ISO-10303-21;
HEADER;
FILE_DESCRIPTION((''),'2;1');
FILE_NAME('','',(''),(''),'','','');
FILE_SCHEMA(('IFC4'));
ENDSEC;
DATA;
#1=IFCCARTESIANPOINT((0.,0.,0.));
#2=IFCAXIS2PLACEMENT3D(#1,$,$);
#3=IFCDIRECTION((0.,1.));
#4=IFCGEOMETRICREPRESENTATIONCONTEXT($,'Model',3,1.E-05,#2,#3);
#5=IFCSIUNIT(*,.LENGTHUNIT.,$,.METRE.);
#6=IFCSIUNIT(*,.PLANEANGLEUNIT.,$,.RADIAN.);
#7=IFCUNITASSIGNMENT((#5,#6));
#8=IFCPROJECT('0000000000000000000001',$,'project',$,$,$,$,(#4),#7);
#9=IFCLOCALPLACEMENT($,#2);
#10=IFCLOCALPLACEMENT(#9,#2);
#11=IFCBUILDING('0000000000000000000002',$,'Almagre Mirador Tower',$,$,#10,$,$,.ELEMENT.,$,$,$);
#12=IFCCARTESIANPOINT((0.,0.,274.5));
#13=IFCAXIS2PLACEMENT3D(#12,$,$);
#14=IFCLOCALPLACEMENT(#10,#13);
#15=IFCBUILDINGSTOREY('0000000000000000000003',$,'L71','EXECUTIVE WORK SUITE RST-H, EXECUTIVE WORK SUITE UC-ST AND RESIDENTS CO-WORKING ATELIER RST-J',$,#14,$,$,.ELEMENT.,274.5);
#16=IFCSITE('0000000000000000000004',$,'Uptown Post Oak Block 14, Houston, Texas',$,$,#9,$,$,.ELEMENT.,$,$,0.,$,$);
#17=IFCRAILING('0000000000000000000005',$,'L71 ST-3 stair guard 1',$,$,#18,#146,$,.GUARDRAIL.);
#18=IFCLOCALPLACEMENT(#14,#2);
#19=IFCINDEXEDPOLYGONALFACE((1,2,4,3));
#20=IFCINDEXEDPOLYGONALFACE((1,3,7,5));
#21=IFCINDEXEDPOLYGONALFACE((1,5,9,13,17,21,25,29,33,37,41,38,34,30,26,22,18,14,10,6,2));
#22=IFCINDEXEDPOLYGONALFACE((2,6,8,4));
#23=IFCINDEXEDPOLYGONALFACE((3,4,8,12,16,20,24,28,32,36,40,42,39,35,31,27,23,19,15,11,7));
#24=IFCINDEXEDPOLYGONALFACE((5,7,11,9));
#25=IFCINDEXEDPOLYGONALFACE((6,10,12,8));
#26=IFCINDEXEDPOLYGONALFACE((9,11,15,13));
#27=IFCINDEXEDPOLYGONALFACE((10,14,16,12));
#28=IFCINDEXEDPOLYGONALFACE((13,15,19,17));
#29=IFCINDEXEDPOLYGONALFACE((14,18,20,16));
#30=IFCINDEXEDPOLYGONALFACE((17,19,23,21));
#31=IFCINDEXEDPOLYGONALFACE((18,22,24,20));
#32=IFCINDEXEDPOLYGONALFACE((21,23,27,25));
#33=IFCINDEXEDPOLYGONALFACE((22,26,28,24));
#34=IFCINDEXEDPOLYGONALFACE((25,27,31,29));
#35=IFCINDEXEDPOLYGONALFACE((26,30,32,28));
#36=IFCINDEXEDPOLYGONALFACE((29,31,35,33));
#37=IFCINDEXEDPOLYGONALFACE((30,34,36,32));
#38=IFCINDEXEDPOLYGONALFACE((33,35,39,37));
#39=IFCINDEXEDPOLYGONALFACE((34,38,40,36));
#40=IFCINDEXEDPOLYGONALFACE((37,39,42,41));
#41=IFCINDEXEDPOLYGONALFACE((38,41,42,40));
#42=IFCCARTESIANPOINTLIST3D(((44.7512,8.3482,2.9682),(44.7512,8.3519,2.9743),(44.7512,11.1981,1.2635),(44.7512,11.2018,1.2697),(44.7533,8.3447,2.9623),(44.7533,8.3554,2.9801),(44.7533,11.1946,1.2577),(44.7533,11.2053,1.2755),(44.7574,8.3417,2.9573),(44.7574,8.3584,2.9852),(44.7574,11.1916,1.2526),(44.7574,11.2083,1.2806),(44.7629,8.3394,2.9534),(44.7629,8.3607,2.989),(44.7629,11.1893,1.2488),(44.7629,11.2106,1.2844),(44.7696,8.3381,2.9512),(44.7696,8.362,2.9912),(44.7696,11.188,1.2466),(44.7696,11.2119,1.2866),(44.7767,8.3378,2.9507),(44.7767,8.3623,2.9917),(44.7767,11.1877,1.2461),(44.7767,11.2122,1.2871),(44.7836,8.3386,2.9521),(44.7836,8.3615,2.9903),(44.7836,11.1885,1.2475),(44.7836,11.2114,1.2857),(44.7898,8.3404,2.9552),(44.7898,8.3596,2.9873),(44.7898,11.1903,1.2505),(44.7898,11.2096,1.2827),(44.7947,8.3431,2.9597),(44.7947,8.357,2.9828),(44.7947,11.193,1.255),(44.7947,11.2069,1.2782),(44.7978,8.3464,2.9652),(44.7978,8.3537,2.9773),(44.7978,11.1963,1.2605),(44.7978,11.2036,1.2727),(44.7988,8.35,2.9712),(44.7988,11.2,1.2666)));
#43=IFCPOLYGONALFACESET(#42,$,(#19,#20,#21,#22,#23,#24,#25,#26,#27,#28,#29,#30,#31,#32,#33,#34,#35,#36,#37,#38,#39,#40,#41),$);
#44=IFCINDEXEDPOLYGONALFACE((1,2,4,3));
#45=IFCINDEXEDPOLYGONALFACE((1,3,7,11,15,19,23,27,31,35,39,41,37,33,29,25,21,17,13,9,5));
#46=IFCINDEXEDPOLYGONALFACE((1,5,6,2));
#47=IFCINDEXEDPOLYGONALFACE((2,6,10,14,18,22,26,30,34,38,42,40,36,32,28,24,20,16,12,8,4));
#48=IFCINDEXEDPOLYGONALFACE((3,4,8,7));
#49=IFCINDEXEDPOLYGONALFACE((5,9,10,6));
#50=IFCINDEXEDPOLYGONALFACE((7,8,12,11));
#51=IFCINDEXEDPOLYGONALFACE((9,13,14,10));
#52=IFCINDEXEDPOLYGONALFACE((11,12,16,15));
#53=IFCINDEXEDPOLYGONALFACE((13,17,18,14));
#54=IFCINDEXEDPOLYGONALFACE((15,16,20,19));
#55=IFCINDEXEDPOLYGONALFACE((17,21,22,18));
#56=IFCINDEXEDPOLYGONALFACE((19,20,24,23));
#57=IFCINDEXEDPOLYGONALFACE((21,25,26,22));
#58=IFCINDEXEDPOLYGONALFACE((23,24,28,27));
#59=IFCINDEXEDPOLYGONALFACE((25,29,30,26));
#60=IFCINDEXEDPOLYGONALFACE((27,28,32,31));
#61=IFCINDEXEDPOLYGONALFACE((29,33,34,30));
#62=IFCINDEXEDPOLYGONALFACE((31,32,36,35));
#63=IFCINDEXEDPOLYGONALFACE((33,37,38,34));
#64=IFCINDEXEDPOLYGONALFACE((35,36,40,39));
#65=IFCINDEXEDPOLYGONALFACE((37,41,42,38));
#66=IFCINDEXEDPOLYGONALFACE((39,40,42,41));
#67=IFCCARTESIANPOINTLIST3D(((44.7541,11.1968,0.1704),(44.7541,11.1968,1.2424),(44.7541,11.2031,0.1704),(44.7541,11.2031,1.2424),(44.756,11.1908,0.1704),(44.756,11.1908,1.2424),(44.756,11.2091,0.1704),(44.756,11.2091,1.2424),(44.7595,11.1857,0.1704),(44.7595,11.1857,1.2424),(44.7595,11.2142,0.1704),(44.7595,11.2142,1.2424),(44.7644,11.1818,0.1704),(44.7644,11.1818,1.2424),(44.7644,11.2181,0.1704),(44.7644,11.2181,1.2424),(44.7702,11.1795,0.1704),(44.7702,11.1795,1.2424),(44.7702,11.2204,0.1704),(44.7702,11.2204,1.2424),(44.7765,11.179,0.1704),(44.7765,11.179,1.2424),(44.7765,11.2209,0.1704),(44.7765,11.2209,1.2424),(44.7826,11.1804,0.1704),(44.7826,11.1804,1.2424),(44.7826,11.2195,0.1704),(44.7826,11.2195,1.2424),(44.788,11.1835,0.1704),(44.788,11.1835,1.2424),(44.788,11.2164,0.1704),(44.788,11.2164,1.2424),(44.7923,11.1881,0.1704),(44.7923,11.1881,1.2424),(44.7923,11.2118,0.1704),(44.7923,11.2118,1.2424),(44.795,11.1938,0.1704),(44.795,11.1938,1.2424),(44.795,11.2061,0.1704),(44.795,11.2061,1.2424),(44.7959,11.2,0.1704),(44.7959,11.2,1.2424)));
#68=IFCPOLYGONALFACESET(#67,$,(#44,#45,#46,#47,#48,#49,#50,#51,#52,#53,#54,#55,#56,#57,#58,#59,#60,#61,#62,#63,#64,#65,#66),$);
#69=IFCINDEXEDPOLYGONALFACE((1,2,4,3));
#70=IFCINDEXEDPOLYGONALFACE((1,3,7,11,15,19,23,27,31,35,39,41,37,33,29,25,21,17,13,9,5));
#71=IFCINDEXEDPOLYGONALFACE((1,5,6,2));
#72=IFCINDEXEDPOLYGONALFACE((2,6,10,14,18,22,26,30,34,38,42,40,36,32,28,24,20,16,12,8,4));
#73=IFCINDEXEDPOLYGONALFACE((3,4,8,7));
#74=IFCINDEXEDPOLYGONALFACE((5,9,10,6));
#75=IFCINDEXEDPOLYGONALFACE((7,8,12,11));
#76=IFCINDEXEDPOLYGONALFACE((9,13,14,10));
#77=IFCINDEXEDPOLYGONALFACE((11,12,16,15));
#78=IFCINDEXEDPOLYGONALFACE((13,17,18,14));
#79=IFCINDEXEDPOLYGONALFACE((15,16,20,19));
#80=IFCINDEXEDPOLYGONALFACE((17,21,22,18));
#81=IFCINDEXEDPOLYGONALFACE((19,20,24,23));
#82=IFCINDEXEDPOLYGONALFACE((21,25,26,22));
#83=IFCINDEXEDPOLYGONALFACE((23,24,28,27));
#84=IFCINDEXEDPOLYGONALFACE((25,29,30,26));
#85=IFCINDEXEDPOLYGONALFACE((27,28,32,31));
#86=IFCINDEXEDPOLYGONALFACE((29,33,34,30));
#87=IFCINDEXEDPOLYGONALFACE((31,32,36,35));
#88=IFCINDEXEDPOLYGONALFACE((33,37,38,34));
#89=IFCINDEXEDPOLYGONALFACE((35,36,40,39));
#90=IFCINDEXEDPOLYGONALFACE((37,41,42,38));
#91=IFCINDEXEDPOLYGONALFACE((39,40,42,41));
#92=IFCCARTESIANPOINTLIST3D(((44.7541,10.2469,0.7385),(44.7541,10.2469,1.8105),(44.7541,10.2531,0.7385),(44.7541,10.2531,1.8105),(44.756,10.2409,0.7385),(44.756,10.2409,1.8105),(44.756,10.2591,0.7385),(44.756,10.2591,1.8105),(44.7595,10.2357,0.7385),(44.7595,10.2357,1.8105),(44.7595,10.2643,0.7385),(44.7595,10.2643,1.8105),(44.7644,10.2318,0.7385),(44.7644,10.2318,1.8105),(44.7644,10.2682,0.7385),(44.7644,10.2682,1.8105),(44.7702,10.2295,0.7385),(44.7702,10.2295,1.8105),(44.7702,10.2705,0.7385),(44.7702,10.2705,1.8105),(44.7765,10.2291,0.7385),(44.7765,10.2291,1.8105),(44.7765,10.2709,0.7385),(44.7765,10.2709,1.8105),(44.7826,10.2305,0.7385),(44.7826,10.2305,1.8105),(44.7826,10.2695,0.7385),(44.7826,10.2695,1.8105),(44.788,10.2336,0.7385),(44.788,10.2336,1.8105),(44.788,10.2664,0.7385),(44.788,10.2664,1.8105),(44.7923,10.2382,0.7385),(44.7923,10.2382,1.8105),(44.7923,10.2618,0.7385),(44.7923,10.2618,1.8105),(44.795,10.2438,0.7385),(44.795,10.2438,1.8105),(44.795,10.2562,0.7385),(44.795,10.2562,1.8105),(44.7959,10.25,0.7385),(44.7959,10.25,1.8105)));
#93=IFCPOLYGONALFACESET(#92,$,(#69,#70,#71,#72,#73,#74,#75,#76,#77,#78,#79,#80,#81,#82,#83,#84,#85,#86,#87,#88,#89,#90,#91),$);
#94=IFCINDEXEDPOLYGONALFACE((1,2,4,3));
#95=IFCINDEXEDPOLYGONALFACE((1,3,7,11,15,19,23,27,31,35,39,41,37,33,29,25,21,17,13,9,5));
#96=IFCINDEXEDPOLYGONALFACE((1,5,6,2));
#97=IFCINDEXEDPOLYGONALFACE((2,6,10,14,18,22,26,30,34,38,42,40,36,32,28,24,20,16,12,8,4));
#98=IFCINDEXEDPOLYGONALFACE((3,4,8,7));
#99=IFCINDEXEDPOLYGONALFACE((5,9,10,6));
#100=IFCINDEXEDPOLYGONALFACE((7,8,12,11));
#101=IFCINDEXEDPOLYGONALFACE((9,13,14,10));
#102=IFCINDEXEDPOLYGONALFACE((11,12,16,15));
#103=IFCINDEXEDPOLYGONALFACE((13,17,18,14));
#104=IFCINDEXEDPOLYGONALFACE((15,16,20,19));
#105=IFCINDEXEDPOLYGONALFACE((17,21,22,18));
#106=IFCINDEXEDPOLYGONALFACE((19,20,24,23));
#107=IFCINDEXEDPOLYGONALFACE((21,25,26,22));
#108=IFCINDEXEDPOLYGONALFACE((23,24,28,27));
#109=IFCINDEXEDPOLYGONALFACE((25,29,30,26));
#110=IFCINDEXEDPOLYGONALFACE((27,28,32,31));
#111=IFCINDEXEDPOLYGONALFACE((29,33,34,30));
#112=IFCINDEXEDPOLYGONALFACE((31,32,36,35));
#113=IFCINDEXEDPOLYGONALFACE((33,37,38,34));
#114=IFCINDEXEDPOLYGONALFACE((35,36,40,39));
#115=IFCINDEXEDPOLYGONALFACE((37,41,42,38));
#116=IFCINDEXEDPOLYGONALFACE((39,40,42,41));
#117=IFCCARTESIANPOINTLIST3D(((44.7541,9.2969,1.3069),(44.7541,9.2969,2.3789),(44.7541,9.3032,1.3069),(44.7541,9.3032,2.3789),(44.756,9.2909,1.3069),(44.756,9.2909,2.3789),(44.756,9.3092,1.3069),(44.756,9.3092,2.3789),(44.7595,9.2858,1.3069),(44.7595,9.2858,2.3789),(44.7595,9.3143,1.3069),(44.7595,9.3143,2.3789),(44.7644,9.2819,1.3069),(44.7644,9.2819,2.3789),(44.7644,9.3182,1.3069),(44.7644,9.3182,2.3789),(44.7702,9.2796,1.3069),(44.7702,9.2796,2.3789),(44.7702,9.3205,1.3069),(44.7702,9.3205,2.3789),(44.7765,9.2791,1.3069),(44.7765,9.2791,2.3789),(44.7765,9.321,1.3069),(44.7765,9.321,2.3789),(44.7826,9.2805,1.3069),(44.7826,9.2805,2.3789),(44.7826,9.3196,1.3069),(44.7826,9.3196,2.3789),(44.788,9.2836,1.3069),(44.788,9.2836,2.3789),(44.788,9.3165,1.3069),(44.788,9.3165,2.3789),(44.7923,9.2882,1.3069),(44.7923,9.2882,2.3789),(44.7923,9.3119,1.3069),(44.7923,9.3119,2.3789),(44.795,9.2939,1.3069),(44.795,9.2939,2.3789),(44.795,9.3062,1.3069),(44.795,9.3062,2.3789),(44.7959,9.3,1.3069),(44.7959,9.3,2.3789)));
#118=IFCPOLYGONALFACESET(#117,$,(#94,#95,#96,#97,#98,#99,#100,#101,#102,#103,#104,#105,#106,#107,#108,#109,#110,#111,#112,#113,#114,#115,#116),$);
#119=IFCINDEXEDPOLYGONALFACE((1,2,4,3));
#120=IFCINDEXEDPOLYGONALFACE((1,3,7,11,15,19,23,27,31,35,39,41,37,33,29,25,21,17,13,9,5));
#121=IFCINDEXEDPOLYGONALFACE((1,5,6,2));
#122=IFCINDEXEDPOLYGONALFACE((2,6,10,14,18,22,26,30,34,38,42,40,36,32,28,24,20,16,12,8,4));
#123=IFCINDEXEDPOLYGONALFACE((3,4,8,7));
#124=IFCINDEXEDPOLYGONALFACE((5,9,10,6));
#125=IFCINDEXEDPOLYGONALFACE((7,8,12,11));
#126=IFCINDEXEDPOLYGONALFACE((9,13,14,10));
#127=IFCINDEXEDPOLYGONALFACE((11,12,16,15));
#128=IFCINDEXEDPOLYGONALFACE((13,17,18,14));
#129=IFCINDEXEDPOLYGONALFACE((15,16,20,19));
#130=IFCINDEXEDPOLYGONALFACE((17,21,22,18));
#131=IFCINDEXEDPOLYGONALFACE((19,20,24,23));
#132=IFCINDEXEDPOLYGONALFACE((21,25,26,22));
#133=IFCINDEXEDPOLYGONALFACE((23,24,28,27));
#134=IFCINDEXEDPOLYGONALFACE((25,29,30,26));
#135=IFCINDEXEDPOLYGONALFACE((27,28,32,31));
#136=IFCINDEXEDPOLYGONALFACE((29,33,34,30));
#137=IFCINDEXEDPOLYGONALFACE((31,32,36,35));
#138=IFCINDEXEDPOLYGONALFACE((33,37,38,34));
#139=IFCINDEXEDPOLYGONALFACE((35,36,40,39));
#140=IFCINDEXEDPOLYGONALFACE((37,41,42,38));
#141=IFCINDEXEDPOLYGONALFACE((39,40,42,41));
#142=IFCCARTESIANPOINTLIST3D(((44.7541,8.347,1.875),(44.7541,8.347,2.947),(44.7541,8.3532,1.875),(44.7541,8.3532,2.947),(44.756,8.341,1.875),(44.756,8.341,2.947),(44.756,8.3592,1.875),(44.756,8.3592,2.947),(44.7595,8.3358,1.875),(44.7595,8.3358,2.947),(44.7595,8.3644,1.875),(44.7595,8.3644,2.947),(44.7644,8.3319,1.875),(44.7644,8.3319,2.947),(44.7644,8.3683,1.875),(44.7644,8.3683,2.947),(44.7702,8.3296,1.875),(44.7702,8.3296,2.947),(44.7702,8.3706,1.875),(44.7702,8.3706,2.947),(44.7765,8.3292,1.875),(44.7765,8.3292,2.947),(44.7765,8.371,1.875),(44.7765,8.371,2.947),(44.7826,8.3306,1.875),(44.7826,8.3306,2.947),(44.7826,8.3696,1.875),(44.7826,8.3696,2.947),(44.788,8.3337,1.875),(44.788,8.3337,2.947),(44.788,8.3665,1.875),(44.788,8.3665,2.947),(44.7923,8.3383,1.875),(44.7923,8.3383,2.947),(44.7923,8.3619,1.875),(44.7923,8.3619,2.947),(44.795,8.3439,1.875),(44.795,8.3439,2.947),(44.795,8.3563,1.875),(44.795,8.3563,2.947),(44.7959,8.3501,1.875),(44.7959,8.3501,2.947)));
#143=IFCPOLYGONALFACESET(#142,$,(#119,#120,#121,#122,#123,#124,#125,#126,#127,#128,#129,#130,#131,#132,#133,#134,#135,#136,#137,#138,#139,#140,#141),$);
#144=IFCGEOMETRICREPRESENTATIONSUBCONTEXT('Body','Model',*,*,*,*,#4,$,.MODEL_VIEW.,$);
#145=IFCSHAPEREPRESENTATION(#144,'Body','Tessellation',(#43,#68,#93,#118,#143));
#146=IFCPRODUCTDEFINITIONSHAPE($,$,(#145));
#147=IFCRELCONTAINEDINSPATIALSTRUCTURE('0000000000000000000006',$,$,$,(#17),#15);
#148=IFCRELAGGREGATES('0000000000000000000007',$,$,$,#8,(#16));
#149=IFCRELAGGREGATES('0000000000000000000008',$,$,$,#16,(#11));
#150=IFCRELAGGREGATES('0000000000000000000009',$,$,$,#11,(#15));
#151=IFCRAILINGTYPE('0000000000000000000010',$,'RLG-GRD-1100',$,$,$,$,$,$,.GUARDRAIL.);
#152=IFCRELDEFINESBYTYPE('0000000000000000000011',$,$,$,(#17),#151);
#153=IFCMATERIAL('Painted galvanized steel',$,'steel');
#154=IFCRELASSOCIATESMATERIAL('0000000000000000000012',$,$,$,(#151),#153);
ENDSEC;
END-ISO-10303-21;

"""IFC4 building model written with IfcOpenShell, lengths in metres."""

from ifc_helpers import new_model, si_unit, direction, frame, origin, origin_2d, place, context, subcontext, project, spatial, circle, extrude, material, type_object, element, save


model = new_model("IFC4")

# Units and contexts
model_context = context("Model", 3, precision=1e-05, world=origin(), true_north=direction((0.0, 1.0)))
body_context = subcontext(model_context, "Body", "Model", "MODEL_VIEW")
ifc_project = project(units=[si_unit("LENGTHUNIT", "METRE"), si_unit("PLANEANGLEUNIT", "RADIAN")], contexts=[model_context])

# Site, building, storey
site_placement = place(None, origin())
site = spatial("IfcSite", under=ifc_project, at=site_placement, Name="Uptown Post Oak Block 14, Houston, Texas", CompositionType="ELEMENT", RefElevation=0.0)
building_placement = place(site_placement, origin())
building = spatial("IfcBuilding", under=site, at=building_placement, Name="Almagre Mirador Tower", CompositionType="ELEMENT")
storey_placement = place(building_placement, frame((0.0, 0.0, 274.5)))
storey = spatial("IfcBuildingStorey", under=building, at=storey_placement, Name="L71", Description="EXECUTIVE WORK SUITE RST-H, EXECUTIVE WORK SUITE UC-ST AND RESIDENTS CO-WORKING ATELIER RST-J", CompositionType="ELEMENT", Elevation=274.5)

# Railing
ifc_material_1 = material(Name="Painted galvanized steel", Category="steel")
railing_type_1 = type_object("IfcRailingType", Name="RLG-GRD-1100", PredefinedType="GUARDRAIL", material=ifc_material_1)
railing_1_placement = place(storey_placement, frame((44.7749, 11.2, 0.1704)))
element("IfcRailing", 1, at=railing_1_placement, inside=storey, type_object=railing_type_1, Name="L71 ST-3 stair guard 1", PredefinedType="GUARDRAIL", context=body_context, shape_type="SweptSolid", body=[
    extrude(circle(Radius=0.0239, at=origin_2d()), frame((0.0, 0.0, 1.0962), z_axis=(0.0, -0.858199, 0.513317), x_axis=(1.0, 0.0, 0.0)), (0.0, 0.0, 1.0), 3.3208),
    extrude(circle(Radius=0.021, at=origin_2d()), origin(), (0.0, 0.0, 1.0), 1.072),
    extrude(circle(Radius=0.021, at=origin_2d()), frame((0.0, -0.95, 0.5681)), (0.0, 0.0, 1.0), 1.072),
    extrude(circle(Radius=0.021, at=origin_2d()), frame((0.0, -1.8999, 1.1365)), (0.0, 0.0, 1.0), 1.072),
    extrude(circle(Radius=0.021, at=origin_2d()), frame((0.0, -2.8499, 1.7046)), (0.0, 0.0, 1.0), 1.072),
])

save(model, "model.ifc")
